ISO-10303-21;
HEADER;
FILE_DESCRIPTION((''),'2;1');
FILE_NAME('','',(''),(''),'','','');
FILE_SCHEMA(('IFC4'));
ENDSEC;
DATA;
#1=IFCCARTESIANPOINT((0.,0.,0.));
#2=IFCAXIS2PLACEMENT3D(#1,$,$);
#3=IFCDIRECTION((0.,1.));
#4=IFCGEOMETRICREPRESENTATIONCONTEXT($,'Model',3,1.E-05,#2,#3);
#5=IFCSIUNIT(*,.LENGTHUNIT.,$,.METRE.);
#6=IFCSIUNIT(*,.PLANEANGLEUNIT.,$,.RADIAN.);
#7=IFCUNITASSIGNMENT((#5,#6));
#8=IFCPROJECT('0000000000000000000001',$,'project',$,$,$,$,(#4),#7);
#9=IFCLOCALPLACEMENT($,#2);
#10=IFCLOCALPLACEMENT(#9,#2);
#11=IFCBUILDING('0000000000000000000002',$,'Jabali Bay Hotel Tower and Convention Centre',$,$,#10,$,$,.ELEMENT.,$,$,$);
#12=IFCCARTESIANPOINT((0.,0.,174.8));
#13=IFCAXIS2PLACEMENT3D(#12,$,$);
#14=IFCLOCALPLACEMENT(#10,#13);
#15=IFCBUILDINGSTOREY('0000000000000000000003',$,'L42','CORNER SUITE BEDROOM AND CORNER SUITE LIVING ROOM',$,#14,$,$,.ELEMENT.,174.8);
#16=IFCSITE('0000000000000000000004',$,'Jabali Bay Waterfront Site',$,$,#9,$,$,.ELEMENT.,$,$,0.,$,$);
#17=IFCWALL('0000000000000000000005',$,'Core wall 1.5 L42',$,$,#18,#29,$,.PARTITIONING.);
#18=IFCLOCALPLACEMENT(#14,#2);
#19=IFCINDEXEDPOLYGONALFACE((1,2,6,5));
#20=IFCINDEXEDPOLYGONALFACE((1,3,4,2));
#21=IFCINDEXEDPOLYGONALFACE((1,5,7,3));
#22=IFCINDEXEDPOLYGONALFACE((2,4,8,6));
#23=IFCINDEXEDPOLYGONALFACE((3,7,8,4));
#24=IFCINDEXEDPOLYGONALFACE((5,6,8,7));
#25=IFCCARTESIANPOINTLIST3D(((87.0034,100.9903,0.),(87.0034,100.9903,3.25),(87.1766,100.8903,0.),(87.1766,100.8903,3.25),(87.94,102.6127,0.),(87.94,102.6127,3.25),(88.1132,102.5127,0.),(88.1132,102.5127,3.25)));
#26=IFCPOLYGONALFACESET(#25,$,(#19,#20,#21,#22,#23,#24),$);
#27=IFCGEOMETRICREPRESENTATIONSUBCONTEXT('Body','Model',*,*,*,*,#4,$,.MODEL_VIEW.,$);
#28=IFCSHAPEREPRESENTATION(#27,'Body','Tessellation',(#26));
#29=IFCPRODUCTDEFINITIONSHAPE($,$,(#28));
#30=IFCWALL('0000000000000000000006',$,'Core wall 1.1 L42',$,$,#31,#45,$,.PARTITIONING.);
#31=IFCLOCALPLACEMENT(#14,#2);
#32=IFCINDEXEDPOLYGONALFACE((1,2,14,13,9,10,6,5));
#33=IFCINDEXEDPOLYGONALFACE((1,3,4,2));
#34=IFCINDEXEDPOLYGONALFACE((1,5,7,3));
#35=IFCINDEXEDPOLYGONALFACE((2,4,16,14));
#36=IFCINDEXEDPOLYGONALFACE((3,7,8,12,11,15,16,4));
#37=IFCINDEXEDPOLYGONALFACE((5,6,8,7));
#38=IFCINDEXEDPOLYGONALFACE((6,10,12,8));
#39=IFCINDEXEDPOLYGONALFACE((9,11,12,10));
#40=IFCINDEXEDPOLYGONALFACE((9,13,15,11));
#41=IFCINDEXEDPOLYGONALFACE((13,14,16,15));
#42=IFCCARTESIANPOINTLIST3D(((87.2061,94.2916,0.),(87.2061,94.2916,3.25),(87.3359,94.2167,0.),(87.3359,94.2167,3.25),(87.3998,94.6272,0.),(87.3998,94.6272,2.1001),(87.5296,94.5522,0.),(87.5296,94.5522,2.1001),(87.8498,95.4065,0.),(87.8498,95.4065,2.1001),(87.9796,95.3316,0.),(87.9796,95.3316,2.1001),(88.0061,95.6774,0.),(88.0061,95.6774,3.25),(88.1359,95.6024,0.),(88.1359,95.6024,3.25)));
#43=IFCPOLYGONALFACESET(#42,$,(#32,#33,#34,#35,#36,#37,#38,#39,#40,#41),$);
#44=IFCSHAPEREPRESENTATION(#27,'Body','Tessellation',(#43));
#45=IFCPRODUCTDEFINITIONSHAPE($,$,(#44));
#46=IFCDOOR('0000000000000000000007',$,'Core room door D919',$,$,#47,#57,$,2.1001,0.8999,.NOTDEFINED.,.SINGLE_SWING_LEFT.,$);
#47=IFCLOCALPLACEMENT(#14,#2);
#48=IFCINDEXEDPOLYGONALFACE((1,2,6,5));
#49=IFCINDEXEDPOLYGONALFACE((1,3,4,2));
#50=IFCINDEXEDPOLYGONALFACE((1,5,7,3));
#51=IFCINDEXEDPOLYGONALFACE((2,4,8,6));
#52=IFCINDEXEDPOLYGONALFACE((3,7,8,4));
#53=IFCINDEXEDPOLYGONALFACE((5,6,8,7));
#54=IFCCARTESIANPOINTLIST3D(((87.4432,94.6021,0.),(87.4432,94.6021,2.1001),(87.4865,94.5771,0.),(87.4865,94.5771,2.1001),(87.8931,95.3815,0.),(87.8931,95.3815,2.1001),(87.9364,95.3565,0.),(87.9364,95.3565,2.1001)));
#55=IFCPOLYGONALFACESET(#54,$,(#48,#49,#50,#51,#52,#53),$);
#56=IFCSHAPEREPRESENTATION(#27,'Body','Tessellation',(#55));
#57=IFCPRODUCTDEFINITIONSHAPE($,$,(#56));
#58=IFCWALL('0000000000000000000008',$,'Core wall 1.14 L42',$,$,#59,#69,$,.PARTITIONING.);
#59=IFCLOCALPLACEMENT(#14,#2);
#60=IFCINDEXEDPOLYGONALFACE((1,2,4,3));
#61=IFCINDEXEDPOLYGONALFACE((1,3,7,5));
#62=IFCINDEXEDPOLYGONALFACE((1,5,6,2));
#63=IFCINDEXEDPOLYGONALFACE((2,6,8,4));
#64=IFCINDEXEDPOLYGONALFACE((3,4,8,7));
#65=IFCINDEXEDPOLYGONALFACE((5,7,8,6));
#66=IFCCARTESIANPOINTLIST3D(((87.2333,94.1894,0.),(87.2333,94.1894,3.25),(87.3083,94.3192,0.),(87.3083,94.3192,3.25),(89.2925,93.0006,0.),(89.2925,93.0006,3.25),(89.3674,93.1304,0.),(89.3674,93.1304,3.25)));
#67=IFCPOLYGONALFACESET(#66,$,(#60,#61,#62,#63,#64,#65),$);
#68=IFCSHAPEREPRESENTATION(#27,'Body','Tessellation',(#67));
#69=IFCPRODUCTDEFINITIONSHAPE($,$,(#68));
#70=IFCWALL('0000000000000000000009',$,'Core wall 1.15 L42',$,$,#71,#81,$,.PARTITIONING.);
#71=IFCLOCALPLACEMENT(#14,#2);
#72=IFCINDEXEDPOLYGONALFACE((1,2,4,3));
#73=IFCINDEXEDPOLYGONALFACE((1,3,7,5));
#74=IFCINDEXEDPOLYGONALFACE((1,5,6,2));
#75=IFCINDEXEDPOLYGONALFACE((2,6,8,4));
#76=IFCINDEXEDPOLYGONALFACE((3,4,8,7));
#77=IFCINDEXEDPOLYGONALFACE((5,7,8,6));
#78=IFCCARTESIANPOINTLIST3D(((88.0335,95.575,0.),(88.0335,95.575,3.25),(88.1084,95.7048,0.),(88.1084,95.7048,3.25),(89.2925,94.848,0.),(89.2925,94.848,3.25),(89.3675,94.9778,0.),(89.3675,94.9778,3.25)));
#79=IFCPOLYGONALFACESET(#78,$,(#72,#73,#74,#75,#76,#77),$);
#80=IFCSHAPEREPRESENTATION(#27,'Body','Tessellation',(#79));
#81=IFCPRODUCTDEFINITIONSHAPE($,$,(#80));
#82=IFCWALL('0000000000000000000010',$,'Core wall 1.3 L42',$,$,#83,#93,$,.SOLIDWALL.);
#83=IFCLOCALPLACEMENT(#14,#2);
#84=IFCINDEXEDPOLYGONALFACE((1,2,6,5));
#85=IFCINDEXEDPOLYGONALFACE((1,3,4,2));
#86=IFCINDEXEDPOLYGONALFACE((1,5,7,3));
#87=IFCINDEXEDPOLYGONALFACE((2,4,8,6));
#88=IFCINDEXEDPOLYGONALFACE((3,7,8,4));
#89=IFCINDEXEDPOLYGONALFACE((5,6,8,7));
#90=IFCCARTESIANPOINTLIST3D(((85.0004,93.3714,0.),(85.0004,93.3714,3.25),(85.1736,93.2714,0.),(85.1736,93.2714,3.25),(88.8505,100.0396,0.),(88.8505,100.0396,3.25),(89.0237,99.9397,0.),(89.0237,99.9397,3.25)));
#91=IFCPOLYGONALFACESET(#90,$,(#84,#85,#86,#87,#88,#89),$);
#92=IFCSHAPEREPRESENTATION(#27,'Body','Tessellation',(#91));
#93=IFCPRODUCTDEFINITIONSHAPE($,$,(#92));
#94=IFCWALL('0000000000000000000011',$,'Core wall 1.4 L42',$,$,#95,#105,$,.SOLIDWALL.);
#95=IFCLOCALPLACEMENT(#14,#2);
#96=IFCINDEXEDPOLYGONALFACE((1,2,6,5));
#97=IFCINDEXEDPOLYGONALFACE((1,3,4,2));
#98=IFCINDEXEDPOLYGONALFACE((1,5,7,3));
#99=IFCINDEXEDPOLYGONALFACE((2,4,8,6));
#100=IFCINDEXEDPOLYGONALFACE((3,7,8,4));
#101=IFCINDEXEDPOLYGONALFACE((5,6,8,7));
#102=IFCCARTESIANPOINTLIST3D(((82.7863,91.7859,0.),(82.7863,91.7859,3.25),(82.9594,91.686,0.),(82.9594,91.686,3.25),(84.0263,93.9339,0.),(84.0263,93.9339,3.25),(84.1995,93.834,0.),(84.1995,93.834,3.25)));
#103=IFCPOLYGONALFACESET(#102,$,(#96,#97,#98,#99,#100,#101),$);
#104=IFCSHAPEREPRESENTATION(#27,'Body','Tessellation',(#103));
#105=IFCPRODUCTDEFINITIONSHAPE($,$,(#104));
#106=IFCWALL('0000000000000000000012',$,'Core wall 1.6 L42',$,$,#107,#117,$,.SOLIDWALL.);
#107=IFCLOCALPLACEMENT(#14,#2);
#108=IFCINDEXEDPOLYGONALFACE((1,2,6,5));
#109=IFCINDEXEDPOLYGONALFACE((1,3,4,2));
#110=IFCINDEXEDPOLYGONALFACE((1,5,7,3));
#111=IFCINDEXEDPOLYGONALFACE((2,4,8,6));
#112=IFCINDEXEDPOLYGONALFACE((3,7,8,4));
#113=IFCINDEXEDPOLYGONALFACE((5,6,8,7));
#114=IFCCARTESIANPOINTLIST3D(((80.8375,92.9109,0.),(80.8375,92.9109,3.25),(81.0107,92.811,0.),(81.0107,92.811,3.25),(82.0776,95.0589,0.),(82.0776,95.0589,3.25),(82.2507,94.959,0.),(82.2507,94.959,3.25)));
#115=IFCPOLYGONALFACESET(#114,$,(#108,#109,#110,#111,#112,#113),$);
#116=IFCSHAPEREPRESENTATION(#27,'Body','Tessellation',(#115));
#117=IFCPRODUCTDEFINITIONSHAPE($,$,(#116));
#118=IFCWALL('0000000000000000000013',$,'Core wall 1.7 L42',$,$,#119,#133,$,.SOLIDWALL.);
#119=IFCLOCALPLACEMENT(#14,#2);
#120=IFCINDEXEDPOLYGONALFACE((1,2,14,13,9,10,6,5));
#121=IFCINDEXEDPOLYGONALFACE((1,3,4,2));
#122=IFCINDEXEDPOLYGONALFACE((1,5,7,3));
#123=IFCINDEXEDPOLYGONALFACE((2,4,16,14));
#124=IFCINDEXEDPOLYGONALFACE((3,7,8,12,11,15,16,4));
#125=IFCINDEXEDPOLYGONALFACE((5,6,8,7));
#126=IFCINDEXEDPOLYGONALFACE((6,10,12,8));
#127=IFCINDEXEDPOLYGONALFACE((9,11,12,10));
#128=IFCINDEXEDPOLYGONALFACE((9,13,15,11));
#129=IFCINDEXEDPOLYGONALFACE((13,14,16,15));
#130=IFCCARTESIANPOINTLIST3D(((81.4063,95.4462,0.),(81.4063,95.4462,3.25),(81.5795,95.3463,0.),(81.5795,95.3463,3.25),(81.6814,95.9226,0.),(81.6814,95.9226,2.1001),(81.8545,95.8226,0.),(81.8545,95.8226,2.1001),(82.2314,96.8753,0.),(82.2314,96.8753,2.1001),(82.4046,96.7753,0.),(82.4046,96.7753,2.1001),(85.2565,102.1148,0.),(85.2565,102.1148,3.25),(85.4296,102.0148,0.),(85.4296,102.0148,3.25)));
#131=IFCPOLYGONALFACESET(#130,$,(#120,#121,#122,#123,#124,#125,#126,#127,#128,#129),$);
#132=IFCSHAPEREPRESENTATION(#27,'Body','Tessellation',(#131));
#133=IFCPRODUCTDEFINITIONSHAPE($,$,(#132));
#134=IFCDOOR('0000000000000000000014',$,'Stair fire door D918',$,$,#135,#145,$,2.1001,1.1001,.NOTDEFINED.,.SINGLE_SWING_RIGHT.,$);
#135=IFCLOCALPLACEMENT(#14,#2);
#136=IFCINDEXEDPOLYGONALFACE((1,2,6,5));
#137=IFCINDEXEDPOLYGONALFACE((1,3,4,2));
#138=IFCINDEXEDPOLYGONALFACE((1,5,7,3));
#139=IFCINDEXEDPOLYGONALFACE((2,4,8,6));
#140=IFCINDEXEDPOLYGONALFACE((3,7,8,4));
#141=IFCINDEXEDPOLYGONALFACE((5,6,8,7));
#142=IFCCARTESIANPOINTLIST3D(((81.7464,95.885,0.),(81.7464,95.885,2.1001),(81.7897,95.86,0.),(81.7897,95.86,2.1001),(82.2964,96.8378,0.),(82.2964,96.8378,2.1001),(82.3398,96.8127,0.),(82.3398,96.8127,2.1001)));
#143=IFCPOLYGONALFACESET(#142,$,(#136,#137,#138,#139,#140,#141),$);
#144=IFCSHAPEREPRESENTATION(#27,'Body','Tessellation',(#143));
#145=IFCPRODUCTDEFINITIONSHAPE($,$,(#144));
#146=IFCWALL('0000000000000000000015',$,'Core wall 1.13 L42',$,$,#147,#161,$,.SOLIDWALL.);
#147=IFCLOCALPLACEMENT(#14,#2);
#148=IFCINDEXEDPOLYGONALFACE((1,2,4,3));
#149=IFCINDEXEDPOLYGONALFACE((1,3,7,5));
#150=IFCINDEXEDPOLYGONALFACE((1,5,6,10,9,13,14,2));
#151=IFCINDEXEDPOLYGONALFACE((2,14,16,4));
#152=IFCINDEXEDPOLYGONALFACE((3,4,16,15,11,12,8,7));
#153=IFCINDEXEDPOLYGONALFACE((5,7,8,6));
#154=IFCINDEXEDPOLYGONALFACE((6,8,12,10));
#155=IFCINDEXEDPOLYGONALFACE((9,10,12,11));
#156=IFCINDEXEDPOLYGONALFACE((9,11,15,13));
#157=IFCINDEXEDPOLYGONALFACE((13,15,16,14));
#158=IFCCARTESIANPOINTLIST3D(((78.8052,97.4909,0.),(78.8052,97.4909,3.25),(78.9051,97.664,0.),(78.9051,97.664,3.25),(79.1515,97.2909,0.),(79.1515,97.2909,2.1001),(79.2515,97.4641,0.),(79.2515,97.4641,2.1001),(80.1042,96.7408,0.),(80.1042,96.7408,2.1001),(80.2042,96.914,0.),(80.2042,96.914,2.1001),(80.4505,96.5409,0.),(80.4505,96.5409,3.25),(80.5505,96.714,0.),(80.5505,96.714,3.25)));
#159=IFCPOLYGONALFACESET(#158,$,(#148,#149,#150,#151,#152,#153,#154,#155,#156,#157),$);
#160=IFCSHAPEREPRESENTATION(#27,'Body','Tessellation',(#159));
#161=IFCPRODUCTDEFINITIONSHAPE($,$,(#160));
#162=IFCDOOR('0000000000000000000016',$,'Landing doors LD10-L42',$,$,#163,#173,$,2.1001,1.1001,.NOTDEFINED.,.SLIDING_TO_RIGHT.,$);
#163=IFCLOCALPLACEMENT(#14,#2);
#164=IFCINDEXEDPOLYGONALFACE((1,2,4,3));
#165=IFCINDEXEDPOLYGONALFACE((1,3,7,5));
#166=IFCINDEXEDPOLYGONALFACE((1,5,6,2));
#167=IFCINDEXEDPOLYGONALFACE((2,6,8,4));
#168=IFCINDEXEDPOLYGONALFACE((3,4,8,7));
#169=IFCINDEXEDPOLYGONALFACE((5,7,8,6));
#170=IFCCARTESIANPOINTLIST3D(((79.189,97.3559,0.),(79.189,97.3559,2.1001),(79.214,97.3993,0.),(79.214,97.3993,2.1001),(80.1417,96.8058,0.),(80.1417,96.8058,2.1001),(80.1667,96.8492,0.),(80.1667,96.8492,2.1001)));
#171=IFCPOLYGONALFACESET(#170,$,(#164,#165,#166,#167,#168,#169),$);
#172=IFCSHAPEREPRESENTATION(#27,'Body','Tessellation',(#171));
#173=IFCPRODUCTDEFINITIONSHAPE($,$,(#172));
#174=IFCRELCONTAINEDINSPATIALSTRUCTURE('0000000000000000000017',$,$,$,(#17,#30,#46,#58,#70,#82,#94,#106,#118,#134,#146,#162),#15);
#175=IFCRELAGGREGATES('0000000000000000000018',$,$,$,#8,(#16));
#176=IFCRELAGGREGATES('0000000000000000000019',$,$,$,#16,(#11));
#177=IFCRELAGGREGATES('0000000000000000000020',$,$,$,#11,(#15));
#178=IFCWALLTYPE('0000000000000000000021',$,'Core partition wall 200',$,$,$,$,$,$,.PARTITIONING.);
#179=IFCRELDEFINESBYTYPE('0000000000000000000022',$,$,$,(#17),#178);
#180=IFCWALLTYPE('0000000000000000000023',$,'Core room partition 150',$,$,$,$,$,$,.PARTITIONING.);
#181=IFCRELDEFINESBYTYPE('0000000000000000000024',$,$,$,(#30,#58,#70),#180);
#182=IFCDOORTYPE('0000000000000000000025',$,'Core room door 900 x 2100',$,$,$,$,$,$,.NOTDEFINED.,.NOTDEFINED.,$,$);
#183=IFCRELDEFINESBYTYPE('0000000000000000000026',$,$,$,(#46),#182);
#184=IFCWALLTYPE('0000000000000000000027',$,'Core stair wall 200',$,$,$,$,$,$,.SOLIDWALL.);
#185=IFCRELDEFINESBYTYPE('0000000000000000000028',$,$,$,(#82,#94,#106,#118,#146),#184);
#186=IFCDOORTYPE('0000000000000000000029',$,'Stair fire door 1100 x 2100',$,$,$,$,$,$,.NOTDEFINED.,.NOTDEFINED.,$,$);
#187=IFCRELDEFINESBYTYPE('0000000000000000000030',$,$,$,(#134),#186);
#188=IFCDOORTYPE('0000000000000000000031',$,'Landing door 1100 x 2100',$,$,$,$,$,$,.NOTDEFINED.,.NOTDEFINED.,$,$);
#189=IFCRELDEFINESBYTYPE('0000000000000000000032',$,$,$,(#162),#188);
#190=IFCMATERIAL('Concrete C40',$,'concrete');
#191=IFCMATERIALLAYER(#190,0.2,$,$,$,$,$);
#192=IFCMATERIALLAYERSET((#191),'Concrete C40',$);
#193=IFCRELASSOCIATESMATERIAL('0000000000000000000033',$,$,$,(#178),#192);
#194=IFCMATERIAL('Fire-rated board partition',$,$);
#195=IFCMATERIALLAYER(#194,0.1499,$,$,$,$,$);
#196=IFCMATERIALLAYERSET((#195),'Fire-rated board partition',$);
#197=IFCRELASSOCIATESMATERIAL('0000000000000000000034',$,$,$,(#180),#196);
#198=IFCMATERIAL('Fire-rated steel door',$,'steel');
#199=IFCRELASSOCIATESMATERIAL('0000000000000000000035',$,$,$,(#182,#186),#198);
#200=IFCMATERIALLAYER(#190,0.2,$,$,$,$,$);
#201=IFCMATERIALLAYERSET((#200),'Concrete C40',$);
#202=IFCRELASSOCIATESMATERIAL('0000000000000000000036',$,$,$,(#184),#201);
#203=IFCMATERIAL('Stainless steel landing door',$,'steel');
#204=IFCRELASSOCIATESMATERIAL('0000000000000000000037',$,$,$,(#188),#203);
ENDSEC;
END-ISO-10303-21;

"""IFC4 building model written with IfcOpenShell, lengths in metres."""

from ifc_helpers import new_model, si_unit, direction, frame, frame_2d, origin, place, context, subcontext, project, spatial, rectangle, extrude, material, layer, layer_set, type_object, element, fill, save


model = new_model("IFC4")

# Units and contexts
model_context = context("Model", 3, precision=1e-05, world=origin(), true_north=direction((0.0, 1.0)))
body_context = subcontext(model_context, "Body", "Model", "MODEL_VIEW")
ifc_project = project(units=[si_unit("LENGTHUNIT", "METRE"), si_unit("PLANEANGLEUNIT", "RADIAN")], contexts=[model_context])

# Site, building, storey
site_placement = place(None, origin())
site = spatial("IfcSite", under=ifc_project, at=site_placement, Name="Jabali Bay Waterfront Site", CompositionType="ELEMENT", RefElevation=0.0)
building_placement = place(site_placement, origin())
building = spatial("IfcBuilding", under=site, at=building_placement, Name="Jabali Bay Hotel Tower and Convention Centre", CompositionType="ELEMENT")
storey_placement = place(building_placement, frame((0.0, 0.0, 174.8)))
storey = spatial("IfcBuildingStorey", under=building, at=storey_placement, Name="L42", Description="CORNER SUITE BEDROOM AND CORNER SUITE LIVING ROOM", CompositionType="ELEMENT", Elevation=174.8)

# Wall
ifc_material_1 = material(Name="Concrete C40", Category="concrete")
ifc_layer_1 = layer(ifc_material_1, 0.2)
ifc_layer_set_1 = layer_set([ifc_layer_1], Name="Concrete C40")
wall_type_1 = type_object("IfcWallType", Name="Core partition wall 200", PredefinedType="PARTITIONING", material=ifc_layer_set_1)
wall_1_placement = place(storey_placement, frame((87.0901, 100.9404, 0.0), z_axis=(0.0, 0.0, 1.0), x_axis=(0.499952, 0.866053, 0.0)))
element("IfcWall", 1, at=wall_1_placement, inside=storey, type_object=wall_type_1, Name="Core wall 1.5 L42", PredefinedType="PARTITIONING", context=body_context, shape_type="SweptSolid", body=[
    extrude(rectangle(XDim=1.8733, YDim=0.2, at=frame_2d((0.9365, 0.0))), origin(), (0.0, 0.0, 1.0), 3.25),
])

# Wall, opening, door
ifc_material_2 = material(Name="Fire-rated board partition")
ifc_layer_2 = layer(ifc_material_2, 0.1499)
ifc_layer_set_2 = layer_set([ifc_layer_2], Name="Fire-rated board partition")
wall_type_2 = type_object("IfcWallType", Name="Core room partition 150", PredefinedType="PARTITIONING", material=ifc_layer_set_2)
wall_2_placement = place(storey_placement, frame((87.271, 94.2542, 0.0), z_axis=(0.0, 0.0, 1.0), x_axis=(0.499995, 0.866028, 0.0)))
wall_2 = element("IfcWall", 2, at=wall_2_placement, inside=storey, type_object=wall_type_2, Name="Core wall 1.1 L42", PredefinedType="PARTITIONING", context=body_context, shape_type="SweptSolid", body=[
    extrude(rectangle(XDim=1.6001, YDim=0.1499, at=frame_2d((0.8, 0.0))), origin(), (0.0, 0.0, 1.0), 3.25),
])
opening_1_placement = place(wall_2_placement, frame((0.3875, 0.0, 0.0)))
opening_1 = element("IfcOpeningElement", 3, at=opening_1_placement, cuts=wall_2, PredefinedType="OPENING", context=body_context, shape_type="SweptSolid", body=[
    extrude(rectangle(XDim=0.8999, YDim=2.1001, at=frame_2d((0.45, 1.05))), frame((0.0, 0.0854, 0.0), z_axis=(0.0, -1.0, 0.0), x_axis=(1.0, 0.0, 0.0)), (0.0, 0.0, 1.0), 0.1709),
])
ifc_material_3 = material(Name="Fire-rated steel door", Category="steel")
door_type_1 = type_object("IfcDoorType", Name="Core room door 900 x 2100", OperationType="NOTDEFINED", PredefinedType="NOTDEFINED", material=ifc_material_3)
door_1_placement = place(opening_1_placement, origin())
door_1 = element("IfcDoor", 4, at=door_1_placement, inside=storey, type_object=door_type_1, Name="Core room door D919", OperationType="SINGLE_SWING_LEFT", OverallHeight=2.1001, OverallWidth=0.8999, PredefinedType="NOTDEFINED", context=body_context, shape_type="SweptSolid", body=[
    extrude(rectangle(XDim=0.8999, YDim=2.1001, at=frame_2d((0.45, 1.05))), frame((0.0, 0.0249, 0.0), z_axis=(0.0, -1.0, 0.0), x_axis=(1.0, 0.0, 0.0)), (0.0, 0.0, 1.0), 0.05),
])
fill(opening_1, door_1)

# Walls
wall_3_placement = place(storey_placement, frame((89.3301, 93.0654, 0.0), z_axis=(0.0, 0.0, 1.0), x_axis=(-0.866042, 0.499971, 0.0)))
element("IfcWall", 5, at=wall_3_placement, inside=storey, type_object=wall_type_2, Name="Core wall 1.14 L42", PredefinedType="PARTITIONING", context=body_context, shape_type="SweptSolid", body=[
    extrude(rectangle(XDim=2.3777, YDim=0.1499, at=frame_2d((1.189, 0.0))), origin(), (0.0, 0.0, 1.0), 3.25),
])
wall_4_placement = place(storey_placement, frame((89.3301, 94.9128, 0.0), z_axis=(0.0, 0.0, 1.0), x_axis=(-0.865981, 0.500076, 0.0)))
element("IfcWall", 6, at=wall_4_placement, inside=storey, type_object=wall_type_2, Name="Core wall 1.15 L42", PredefinedType="PARTITIONING", context=body_context, shape_type="SweptSolid", body=[
    extrude(rectangle(XDim=1.4539, YDim=0.1499, at=frame_2d((0.7271, 0.0))), origin(), (0.0, 0.0, 1.0), 3.25),
])
ifc_layer_3 = layer(ifc_material_1, 0.2)
ifc_layer_set_3 = layer_set([ifc_layer_3], Name="Concrete C40")
wall_type_3 = type_object("IfcWallType", Name="Core stair wall 200", PredefinedType="SOLIDWALL", material=ifc_layer_set_3)
wall_5_placement = place(storey_placement, frame((85.0869, 93.3213, 0.0), z_axis=(0.0, 0.0, 1.0), x_axis=(0.50002, 0.866014, 0.0)))
element("IfcWall", 7, at=wall_5_placement, inside=storey, type_object=wall_type_3, Name="Core wall 1.3 L42", PredefinedType="SOLIDWALL", context=body_context, shape_type="SweptSolid", body=[
    extrude(rectangle(XDim=7.7, YDim=0.2, at=frame_2d((3.8501, 0.0))), origin(), (0.0, 0.0, 1.0), 3.25),
])
for number, where, z_axis, x_axis, name in (
    (8, (82.8728, 91.7358, 0.0), (0.0, 0.0, 1.0), (0.499961, 0.866048, 0.0), "Core wall 1.4 L42"),
    (9, (80.9241, 92.8608, 0.0), (0.0, 0.0, 1.0), (0.499961, 0.866048, 0.0), "Core wall 1.6 L42"),
):
    element("IfcWall", number, at=place(storey_placement, frame(where, z_axis=z_axis, x_axis=x_axis)), inside=storey, type_object=wall_type_3, Name=name, PredefinedType="SOLIDWALL", context=body_context, shape_type="SweptSolid", body=[
        extrude(rectangle(XDim=2.4802, YDim=0.2, at=frame_2d((1.2402, 0.0))), origin(), (0.0, 0.0, 1.0), 3.25),
    ])

# Walls, openings, doors
wall_6_placement = place(storey_placement, frame((81.4929, 95.3962, 0.0), z_axis=(0.0, 0.0, 1.0), x_axis=(0.500006, 0.866022, 0.0)))
wall_6 = element("IfcWall", 10, at=wall_6_placement, inside=storey, type_object=wall_type_3, Name="Core wall 1.7 L42", PredefinedType="SOLIDWALL", context=body_context, shape_type="SweptSolid", body=[
    extrude(rectangle(XDim=7.7002, YDim=0.2, at=frame_2d((3.8501, 0.0))), origin(), (0.0, 0.0, 1.0), 3.25),
])
opening_2_placement = place(wall_6_placement, frame((0.55, 0.0, 0.0)))
opening_2 = element("IfcOpeningElement", 11, at=opening_2_placement, cuts=wall_6, PredefinedType="OPENING", context=body_context, shape_type="SweptSolid", body=[
    extrude(rectangle(XDim=1.1001, YDim=2.1001, at=frame_2d((0.55, 1.05))), frame((0.0, 0.1104, 0.0), z_axis=(0.0, -1.0, 0.0), x_axis=(1.0, 0.0, 0.0)), (0.0, 0.0, 1.0), 0.2209),
])
door_type_2 = type_object("IfcDoorType", Name="Stair fire door 1100 x 2100", OperationType="NOTDEFINED", PredefinedType="NOTDEFINED", material=ifc_material_3)
door_2_placement = place(opening_2_placement, origin())
door_2 = element("IfcDoor", 12, at=door_2_placement, inside=storey, type_object=door_type_2, Name="Stair fire door D918", OperationType="SINGLE_SWING_RIGHT", OverallHeight=2.1001, OverallWidth=1.1001, PredefinedType="NOTDEFINED", context=body_context, shape_type="SweptSolid", body=[
    extrude(rectangle(XDim=1.1001, YDim=2.1001, at=frame_2d((0.55, 1.05))), frame((0.0, 0.0249, 0.0), z_axis=(0.0, -1.0, 0.0), x_axis=(1.0, 0.0, 0.0)), (0.0, 0.0, 1.0), 0.05),
])
fill(opening_2, door_2)
wall_7_placement = place(storey_placement, frame((80.5005, 96.6274, 0.0), z_axis=(0.0, 0.0, 1.0), x_axis=(-0.866012, 0.500023, 0.0)))
wall_7 = element("IfcWall", 13, at=wall_7_placement, inside=storey, type_object=wall_type_3, Name="Core wall 1.13 L42", PredefinedType="SOLIDWALL", context=body_context, shape_type="SweptSolid", body=[
    extrude(rectangle(XDim=1.8999, YDim=0.2, at=frame_2d((0.95, 0.0))), origin(), (0.0, 0.0, 1.0), 3.25),
])
opening_3_placement = place(wall_7_placement, frame((0.3999, 0.0, 0.0)))
opening_3 = element("IfcOpeningElement", 14, at=opening_3_placement, cuts=wall_7, PredefinedType="OPENING", context=body_context, shape_type="SweptSolid", body=[
    extrude(rectangle(XDim=1.1001, YDim=2.1001, at=frame_2d((0.55, 1.05))), frame((0.0, 0.1104, 0.0), z_axis=(0.0, -1.0, 0.0), x_axis=(1.0, 0.0, 0.0)), (0.0, 0.0, 1.0), 0.2209),
])
ifc_material_4 = material(Name="Stainless steel landing door", Category="steel")
door_type_3 = type_object("IfcDoorType", Name="Landing door 1100 x 2100", OperationType="NOTDEFINED", PredefinedType="NOTDEFINED", material=ifc_material_4)
door_3_placement = place(opening_3_placement, origin())
door_3 = element("IfcDoor", 15, at=door_3_placement, inside=storey, type_object=door_type_3, Name="Landing doors LD10-L42", OperationType="SLIDING_TO_RIGHT", OverallHeight=2.1001, OverallWidth=1.1001, PredefinedType="NOTDEFINED", context=body_context, shape_type="SweptSolid", body=[
    extrude(rectangle(XDim=1.1001, YDim=2.1001, at=frame_2d((0.55, 1.05))), frame((0.0, 0.0249, 0.0), z_axis=(0.0, -1.0, 0.0), x_axis=(1.0, 0.0, 0.0)), (0.0, 0.0, 1.0), 0.05),
])
fill(opening_3, door_3)

save(model, "model.ifc")
